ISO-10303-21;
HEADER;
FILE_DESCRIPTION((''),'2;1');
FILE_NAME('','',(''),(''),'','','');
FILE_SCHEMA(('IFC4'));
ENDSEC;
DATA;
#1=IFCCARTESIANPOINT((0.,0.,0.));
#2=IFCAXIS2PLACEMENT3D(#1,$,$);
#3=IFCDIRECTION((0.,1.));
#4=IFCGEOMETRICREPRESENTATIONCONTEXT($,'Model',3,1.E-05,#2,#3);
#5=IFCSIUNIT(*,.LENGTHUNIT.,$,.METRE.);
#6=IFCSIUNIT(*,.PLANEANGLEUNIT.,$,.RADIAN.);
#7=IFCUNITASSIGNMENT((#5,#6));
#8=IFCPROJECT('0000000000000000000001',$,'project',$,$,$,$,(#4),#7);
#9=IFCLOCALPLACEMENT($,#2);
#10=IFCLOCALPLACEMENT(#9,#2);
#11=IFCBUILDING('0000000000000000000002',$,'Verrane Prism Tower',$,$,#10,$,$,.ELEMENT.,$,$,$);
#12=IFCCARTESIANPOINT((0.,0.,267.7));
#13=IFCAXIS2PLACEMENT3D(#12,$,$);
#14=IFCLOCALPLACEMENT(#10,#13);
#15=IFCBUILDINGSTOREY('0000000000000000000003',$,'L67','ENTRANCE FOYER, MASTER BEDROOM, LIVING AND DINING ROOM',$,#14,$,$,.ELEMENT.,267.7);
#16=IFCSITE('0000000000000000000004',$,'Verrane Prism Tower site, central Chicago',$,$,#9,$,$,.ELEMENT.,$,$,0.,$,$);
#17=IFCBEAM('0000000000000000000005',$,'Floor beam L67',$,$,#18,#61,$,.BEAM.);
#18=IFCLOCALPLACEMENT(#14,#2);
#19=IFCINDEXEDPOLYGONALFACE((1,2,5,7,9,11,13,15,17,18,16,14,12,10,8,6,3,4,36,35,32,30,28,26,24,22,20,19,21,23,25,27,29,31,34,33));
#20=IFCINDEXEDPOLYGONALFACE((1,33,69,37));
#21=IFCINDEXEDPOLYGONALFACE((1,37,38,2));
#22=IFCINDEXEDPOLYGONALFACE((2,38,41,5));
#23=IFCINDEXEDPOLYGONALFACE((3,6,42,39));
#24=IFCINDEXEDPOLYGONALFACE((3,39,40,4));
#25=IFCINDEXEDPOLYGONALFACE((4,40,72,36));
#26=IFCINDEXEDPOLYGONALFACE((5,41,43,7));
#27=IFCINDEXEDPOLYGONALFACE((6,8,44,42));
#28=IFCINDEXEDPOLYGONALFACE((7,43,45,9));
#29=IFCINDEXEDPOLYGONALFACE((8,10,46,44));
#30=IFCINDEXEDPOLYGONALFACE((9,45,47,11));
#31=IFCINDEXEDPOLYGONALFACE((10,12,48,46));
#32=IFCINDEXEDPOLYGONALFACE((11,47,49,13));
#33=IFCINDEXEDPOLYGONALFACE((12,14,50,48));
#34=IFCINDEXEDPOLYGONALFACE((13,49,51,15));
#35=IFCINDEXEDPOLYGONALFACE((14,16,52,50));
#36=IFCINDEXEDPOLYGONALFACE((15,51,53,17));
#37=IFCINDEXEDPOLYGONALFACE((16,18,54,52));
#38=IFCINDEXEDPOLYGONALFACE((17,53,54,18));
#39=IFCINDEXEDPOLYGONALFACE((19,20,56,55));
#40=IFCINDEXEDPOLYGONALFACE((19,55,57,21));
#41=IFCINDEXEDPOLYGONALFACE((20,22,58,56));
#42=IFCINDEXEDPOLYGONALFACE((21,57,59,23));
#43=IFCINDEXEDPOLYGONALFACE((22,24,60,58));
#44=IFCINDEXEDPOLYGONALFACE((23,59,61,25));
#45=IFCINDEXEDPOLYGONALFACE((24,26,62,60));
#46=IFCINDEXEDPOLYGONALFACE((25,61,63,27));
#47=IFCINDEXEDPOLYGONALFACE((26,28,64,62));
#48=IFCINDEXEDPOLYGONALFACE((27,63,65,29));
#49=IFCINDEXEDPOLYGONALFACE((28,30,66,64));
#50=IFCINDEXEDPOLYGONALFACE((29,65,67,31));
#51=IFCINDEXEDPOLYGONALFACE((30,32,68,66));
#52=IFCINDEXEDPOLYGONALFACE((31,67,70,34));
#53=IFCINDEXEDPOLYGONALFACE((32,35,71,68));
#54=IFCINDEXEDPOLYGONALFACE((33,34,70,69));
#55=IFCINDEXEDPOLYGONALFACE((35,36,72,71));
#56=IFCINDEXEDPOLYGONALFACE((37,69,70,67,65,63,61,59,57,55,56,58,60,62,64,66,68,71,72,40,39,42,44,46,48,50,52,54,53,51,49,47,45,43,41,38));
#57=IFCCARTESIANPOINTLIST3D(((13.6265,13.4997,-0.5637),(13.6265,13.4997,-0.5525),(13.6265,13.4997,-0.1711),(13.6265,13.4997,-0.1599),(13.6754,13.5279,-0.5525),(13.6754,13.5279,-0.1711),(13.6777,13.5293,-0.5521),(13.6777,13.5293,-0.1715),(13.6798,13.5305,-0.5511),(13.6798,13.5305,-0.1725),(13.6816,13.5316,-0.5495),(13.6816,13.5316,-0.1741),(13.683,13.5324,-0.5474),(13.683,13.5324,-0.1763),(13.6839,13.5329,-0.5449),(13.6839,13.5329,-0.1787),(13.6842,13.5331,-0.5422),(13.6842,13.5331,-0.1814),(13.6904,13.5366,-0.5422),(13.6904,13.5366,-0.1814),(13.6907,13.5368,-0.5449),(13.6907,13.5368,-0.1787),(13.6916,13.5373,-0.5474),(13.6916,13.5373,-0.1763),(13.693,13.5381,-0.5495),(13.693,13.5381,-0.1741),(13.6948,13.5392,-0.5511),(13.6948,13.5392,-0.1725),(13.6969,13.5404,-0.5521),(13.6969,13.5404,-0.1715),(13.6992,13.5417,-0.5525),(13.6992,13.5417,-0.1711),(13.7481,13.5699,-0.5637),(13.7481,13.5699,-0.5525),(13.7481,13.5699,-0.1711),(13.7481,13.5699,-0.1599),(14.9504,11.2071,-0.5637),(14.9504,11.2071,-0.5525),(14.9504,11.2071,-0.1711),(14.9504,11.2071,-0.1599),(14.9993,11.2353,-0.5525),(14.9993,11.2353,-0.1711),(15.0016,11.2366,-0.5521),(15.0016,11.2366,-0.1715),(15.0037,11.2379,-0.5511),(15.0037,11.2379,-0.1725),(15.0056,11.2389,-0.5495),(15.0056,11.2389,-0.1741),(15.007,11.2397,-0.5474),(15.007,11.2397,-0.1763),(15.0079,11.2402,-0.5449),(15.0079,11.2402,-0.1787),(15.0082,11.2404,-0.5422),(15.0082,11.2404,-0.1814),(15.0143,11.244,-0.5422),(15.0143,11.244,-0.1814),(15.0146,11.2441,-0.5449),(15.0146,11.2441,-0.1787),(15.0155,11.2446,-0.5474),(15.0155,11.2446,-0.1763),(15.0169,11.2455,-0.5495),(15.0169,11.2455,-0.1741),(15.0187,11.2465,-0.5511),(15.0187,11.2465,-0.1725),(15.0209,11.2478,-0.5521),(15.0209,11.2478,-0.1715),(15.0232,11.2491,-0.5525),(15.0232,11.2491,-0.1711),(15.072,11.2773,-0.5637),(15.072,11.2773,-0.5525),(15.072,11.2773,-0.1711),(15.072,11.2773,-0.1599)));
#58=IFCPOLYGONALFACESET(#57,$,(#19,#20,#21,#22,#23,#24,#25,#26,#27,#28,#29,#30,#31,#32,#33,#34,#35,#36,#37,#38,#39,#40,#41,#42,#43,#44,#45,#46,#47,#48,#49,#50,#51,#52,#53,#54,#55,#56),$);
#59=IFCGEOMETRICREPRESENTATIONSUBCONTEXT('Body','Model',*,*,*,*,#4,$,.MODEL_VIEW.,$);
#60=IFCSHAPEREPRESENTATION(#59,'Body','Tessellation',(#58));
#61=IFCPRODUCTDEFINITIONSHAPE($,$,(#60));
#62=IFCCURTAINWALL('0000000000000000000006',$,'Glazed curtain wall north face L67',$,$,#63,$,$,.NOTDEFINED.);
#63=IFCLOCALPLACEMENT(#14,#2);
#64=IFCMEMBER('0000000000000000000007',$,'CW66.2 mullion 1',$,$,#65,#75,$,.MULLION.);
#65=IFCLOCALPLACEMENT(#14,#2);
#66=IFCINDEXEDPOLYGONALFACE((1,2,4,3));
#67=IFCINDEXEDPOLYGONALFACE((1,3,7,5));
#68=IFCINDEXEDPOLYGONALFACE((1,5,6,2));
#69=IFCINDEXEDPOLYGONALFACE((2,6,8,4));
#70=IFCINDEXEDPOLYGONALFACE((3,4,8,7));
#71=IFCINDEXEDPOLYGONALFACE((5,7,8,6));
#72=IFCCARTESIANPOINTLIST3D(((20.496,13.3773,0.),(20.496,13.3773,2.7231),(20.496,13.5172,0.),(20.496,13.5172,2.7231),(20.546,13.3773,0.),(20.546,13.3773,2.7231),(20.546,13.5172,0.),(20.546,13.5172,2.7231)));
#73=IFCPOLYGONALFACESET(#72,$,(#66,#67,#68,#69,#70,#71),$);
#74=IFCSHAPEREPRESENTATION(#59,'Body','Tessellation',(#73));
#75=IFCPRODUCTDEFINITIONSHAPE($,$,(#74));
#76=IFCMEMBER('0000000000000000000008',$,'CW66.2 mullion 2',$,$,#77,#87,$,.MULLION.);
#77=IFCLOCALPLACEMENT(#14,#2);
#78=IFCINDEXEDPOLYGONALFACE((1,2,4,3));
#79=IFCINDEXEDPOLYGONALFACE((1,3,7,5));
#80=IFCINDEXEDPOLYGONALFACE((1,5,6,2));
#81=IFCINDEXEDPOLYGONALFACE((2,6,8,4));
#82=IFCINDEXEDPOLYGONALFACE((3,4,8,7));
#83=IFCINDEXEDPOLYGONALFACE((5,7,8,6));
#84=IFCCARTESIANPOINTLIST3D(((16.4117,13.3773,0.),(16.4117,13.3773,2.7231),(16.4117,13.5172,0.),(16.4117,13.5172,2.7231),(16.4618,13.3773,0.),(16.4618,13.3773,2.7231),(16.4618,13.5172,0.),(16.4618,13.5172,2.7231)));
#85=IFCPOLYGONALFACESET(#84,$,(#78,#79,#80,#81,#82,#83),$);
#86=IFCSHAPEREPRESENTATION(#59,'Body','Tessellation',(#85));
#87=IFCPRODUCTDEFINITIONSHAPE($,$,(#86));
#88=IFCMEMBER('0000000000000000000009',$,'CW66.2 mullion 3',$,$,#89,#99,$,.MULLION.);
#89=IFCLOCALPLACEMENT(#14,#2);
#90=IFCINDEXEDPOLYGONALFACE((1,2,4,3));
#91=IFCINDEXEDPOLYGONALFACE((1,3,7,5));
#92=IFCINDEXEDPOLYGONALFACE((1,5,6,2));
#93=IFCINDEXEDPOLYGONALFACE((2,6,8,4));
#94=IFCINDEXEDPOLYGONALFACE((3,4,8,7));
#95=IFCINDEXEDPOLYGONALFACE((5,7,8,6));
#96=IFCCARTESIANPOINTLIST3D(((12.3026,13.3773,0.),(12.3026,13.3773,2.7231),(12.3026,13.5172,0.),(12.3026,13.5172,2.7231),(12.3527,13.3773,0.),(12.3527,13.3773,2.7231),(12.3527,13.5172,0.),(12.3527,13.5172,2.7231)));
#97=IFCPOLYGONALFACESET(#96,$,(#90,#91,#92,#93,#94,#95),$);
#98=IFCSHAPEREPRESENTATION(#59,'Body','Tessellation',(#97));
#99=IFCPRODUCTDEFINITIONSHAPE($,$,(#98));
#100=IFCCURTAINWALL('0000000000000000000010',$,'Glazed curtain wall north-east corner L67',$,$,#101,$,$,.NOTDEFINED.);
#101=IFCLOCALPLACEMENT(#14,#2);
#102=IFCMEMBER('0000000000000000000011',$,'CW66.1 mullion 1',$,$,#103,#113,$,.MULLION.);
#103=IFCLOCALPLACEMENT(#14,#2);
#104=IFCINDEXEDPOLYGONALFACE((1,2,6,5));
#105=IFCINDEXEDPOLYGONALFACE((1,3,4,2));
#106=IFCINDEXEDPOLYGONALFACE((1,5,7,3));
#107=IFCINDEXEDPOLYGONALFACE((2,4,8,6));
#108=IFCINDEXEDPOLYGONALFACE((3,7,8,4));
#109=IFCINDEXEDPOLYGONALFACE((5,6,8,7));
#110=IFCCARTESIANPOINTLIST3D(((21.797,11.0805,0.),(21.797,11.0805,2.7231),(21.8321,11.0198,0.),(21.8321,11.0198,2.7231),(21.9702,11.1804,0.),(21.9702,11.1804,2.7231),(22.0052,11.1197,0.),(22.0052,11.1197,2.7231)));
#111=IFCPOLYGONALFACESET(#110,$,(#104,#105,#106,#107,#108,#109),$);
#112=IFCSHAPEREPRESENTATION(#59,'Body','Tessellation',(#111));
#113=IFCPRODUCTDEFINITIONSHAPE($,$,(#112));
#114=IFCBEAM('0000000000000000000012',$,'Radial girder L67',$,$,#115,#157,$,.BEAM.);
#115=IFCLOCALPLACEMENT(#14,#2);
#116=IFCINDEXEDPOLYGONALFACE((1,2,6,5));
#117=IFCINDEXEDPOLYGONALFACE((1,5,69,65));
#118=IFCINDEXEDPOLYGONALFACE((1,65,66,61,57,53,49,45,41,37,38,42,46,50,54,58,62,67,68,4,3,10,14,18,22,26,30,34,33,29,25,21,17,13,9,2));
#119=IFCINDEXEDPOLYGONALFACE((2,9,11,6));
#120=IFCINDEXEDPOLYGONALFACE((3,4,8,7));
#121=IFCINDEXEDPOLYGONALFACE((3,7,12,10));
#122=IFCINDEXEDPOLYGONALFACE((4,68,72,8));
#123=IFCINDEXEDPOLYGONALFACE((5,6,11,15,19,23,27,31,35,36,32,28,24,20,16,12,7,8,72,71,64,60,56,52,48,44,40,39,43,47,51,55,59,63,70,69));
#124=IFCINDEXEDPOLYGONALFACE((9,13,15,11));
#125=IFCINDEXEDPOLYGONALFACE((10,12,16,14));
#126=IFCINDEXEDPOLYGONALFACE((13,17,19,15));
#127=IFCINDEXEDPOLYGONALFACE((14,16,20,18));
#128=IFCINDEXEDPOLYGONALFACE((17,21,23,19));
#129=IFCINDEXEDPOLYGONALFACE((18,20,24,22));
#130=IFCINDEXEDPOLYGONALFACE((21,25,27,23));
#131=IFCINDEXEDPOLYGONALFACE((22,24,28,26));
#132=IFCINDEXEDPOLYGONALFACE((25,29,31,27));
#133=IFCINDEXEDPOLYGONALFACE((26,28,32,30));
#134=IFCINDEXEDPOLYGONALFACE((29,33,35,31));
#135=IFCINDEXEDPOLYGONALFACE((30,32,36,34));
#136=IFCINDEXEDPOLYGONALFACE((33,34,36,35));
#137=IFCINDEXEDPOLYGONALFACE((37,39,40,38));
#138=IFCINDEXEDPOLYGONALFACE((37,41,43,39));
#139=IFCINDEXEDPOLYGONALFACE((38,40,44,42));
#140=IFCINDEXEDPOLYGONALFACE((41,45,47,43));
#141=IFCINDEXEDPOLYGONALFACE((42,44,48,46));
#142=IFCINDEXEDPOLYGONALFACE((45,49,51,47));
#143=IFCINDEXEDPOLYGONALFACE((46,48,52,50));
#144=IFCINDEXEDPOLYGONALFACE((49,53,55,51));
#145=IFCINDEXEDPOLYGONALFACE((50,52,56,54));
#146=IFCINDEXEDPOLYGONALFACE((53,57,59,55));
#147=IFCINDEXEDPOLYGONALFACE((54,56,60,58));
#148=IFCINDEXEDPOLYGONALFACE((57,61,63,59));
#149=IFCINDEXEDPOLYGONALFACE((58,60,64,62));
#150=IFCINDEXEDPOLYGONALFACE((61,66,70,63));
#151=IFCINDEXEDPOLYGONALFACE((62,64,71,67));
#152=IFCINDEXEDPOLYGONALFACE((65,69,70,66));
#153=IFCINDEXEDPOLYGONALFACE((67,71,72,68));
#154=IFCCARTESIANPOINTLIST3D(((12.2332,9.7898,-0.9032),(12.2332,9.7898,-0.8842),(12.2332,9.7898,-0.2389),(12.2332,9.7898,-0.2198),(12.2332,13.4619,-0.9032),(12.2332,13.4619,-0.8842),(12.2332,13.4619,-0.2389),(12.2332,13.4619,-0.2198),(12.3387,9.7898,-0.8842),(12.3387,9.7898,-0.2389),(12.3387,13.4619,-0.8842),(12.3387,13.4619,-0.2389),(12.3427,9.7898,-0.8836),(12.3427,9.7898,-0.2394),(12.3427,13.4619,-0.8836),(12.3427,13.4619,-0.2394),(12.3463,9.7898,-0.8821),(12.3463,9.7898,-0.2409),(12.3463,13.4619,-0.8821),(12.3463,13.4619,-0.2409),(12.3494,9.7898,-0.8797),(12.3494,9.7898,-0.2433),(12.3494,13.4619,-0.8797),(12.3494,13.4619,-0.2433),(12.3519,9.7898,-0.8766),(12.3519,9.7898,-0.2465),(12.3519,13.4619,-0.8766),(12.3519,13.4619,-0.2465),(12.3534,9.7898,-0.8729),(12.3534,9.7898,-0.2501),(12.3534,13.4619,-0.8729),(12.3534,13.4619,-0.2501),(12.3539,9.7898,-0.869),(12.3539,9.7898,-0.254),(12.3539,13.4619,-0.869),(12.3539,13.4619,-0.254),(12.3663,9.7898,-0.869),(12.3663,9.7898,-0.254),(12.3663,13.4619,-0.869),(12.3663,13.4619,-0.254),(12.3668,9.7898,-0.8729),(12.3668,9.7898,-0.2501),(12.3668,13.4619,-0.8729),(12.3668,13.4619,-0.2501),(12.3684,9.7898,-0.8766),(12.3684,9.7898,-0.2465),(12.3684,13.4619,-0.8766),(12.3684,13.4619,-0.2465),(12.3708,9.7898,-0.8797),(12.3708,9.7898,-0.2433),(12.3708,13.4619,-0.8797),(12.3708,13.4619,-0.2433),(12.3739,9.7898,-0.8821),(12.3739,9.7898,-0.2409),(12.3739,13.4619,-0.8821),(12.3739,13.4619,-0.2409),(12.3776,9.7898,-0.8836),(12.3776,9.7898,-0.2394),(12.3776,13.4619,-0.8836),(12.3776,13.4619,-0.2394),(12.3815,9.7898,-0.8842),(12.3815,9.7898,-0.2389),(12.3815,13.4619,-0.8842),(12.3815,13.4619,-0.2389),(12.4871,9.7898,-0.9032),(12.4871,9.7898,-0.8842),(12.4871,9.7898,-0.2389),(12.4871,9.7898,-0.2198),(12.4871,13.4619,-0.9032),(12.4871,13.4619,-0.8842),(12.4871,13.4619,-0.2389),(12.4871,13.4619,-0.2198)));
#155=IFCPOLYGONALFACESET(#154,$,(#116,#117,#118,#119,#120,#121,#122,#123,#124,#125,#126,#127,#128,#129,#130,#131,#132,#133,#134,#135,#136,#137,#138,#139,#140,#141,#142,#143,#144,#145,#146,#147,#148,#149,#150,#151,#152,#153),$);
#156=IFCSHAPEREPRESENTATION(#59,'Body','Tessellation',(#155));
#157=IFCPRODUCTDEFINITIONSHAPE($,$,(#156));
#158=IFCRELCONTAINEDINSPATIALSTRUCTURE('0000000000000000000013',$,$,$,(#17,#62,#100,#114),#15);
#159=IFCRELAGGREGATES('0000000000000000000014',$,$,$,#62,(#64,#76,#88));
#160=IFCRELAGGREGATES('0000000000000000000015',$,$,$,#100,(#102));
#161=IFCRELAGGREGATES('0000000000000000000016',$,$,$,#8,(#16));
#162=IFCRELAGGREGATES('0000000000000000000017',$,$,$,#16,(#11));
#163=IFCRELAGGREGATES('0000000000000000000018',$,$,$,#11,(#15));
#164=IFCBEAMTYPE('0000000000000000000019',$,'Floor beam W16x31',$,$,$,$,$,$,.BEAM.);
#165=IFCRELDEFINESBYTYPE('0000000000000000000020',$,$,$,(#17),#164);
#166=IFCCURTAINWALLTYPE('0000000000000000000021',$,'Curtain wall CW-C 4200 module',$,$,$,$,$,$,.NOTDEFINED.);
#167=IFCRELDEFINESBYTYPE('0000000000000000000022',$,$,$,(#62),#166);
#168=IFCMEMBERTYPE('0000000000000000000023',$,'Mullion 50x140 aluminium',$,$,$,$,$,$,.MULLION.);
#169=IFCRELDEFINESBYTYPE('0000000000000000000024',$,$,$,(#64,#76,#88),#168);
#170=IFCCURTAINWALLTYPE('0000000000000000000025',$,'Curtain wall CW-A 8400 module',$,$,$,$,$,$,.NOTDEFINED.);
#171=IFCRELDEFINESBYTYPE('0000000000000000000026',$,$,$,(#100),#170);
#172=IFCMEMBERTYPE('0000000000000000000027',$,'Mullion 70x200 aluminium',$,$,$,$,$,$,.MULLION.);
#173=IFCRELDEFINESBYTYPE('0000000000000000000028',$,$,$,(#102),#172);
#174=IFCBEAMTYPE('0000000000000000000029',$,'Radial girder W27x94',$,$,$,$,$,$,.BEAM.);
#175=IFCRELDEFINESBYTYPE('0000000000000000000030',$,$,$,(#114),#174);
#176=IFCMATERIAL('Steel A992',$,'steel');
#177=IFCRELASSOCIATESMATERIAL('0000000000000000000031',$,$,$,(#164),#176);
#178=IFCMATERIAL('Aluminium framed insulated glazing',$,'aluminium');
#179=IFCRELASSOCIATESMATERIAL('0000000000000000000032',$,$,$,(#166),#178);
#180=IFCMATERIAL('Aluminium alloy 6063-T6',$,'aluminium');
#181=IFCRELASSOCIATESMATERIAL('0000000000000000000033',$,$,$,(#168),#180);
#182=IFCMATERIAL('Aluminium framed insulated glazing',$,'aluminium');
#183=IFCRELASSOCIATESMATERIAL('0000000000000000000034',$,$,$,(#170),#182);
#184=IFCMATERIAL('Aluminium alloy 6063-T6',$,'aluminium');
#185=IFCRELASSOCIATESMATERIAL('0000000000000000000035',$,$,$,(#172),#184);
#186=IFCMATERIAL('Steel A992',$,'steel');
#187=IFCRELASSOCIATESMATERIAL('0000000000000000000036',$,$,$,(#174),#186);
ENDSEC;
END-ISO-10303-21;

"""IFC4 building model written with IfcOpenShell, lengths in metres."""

from ifc_helpers import new_model, si_unit, direction, frame, origin, origin_2d, place, context, subcontext, project, spatial, rectangle, i_section, extrude, material, material_profile, profile_set, type_object, element, aggregate, save


model = new_model("IFC4")

# Units and contexts
model_context = context("Model", 3, precision=1e-05, world=origin(), true_north=direction((0.0, 1.0)))
body_context = subcontext(model_context, "Body", "Model", "MODEL_VIEW")
ifc_project = project(units=[si_unit("LENGTHUNIT", "METRE"), si_unit("PLANEANGLEUNIT", "RADIAN")], contexts=[model_context])

# Site, building, storey
site_placement = place(None, origin())
site = spatial("IfcSite", under=ifc_project, at=site_placement, Name="Verrane Prism Tower site, central Chicago", CompositionType="ELEMENT", RefElevation=0.0)
building_placement = place(site_placement, origin())
building = spatial("IfcBuilding", under=site, at=building_placement, Name="Verrane Prism Tower", CompositionType="ELEMENT")
storey_placement = place(building_placement, frame((0.0, 0.0, 267.7)))
storey = spatial("IfcBuildingStorey", under=building, at=storey_placement, Name="L67", Description="ENTRANCE FOYER, MASTER BEDROOM, LIVING AND DINING ROOM", CompositionType="ELEMENT", Elevation=267.7)

# Beam
ifc_material_1 = material(Name="Steel A992", Category="steel")
ifc_material_profile_1 = material_profile(ifc_material_1, i_section(OverallWidth=0.1404, OverallDepth=0.4038, WebThickness=0.0071, FlangeThickness=0.0112, FilletRadius=0.0103, at=origin_2d()), Name="W16x31")
ifc_profile_set_1 = profile_set([ifc_material_profile_1], Name="Steel A992")
beam_type_1 = type_object("IfcBeamType", Name="Floor beam W16x31", PredefinedType="BEAM", material=ifc_profile_set_1)
beam_1_placement = place(storey_placement, frame((15.0112, 11.2422, -0.3618), z_axis=(-0.500076, 0.865981, 0.0), x_axis=(-0.865981, -0.500076, 0.0)))
element("IfcBeam", 1, at=beam_1_placement, inside=storey, type_object=beam_type_1, Name="Floor beam L67", PredefinedType="BEAM", context=body_context, shape_type="SweptSolid", body=[
    extrude(i_section(OverallWidth=0.1404, OverallDepth=0.4038, WebThickness=0.0071, FlangeThickness=0.0112, FilletRadius=0.0103, at=origin_2d()), origin(), (0.0, 0.0, 1.0), 2.6475),
])

# Curtain wall, members
ifc_material_2 = material(Name="Aluminium framed insulated glazing", Category="aluminium")
curtain_wall_type_1 = type_object("IfcCurtainWallType", Name="Curtain wall CW-C 4200 module", PredefinedType="NOTDEFINED", material=ifc_material_2)
curtain_wall_1_placement = place(storey_placement, origin())
curtain_wall_1 = element("IfcCurtainWall", 2, at=curtain_wall_1_placement, inside=storey, type_object=curtain_wall_type_1, Name="Glazed curtain wall north face L67", PredefinedType="NOTDEFINED")
ifc_material_3 = material(Name="Aluminium alloy 6063-T6", Category="aluminium")
ifc_material_profile_2 = material_profile(ifc_material_3, rectangle(XDim=0.1399, YDim=0.05, at=origin_2d()), Name="Mullion 50x140 aluminium")
ifc_profile_set_2 = profile_set([ifc_material_profile_2], Name="Aluminium alloy 6063-T6")
member_type_1 = type_object("IfcMemberType", Name="Mullion 50x140 aluminium", PredefinedType="MULLION", material=ifc_profile_set_2)
member_1_placement = place(storey_placement, frame((20.521, 13.4473, 0.0), z_axis=(0.0, 0.0, 1.0), x_axis=(0.0, -1.0, 0.0)))
member_1 = element("IfcMember", 3, at=member_1_placement, type_object=member_type_1, Name="CW66.2 mullion 1", PredefinedType="MULLION", context=body_context, shape_type="SweptSolid", body=[
    extrude(rectangle(XDim=0.1399, YDim=0.05, at=origin_2d()), origin(), (0.0, 0.0, 1.0), 2.7231),
])
member_2_placement = place(storey_placement, frame((16.4368, 13.4473, 0.0), z_axis=(0.0, 0.0, 1.0), x_axis=(0.0, -1.0, 0.0)))
member_2 = element("IfcMember", 4, at=member_2_placement, type_object=member_type_1, Name="CW66.2 mullion 2", PredefinedType="MULLION", context=body_context, shape_type="SweptSolid", body=[
    extrude(rectangle(XDim=0.1399, YDim=0.05, at=origin_2d()), origin(), (0.0, 0.0, 1.0), 2.7231),
])
member_3_placement = place(storey_placement, frame((12.3276, 13.4473, 0.0), z_axis=(0.0, 0.0, 1.0), x_axis=(0.0, -1.0, 0.0)))
member_3 = element("IfcMember", 5, at=member_3_placement, type_object=member_type_1, Name="CW66.2 mullion 3", PredefinedType="MULLION", context=body_context, shape_type="SweptSolid", body=[
    extrude(rectangle(XDim=0.1399, YDim=0.05, at=origin_2d()), origin(), (0.0, 0.0, 1.0), 2.7231),
])

# Curtain wall, member
ifc_material_4 = material(Name="Aluminium framed insulated glazing", Category="aluminium")
curtain_wall_type_2 = type_object("IfcCurtainWallType", Name="Curtain wall CW-A 8400 module", PredefinedType="NOTDEFINED", material=ifc_material_4)
curtain_wall_2_placement = place(storey_placement, origin())
curtain_wall_2 = element("IfcCurtainWall", 6, at=curtain_wall_2_placement, inside=storey, type_object=curtain_wall_type_2, Name="Glazed curtain wall north-east corner L67", PredefinedType="NOTDEFINED")
ifc_material_5 = material(Name="Aluminium alloy 6063-T6", Category="aluminium")
ifc_material_profile_3 = material_profile(ifc_material_5, rectangle(XDim=0.2, YDim=0.0701, at=origin_2d()), Name="Mullion 70x200 aluminium")
ifc_profile_set_3 = profile_set([ifc_material_profile_3], Name="Aluminium alloy 6063-T6")
member_type_2 = type_object("IfcMemberType", Name="Mullion 70x200 aluminium", PredefinedType="MULLION", material=ifc_profile_set_3)
member_4_placement = place(storey_placement, frame((21.9011, 11.1001, 0.0), z_axis=(0.0, 0.0, 1.0), x_axis=(-0.866024, -0.500002, 0.0)))
member_4 = element("IfcMember", 7, at=member_4_placement, type_object=member_type_2, Name="CW66.1 mullion 1", PredefinedType="MULLION", context=body_context, shape_type="SweptSolid", body=[
    extrude(rectangle(XDim=0.2, YDim=0.0701, at=origin_2d()), origin(), (0.0, 0.0, 1.0), 2.7231),
])

# Beam
ifc_material_6 = material(Name="Steel A992", Category="steel")
ifc_material_profile_4 = material_profile(ifc_material_6, i_section(OverallWidth=0.2539, OverallDepth=0.6833, WebThickness=0.0125, FlangeThickness=0.019, FilletRadius=0.0151, at=origin_2d()), Name="W27x94")
ifc_profile_set_4 = profile_set([ifc_material_profile_4], Name="Steel A992")
beam_type_2 = type_object("IfcBeamType", Name="Radial girder W27x94", PredefinedType="BEAM", material=ifc_profile_set_4)
beam_2_placement = place(storey_placement, frame((12.3601, 13.4619, -0.5615), z_axis=(0.0, -1.0, 0.0), x_axis=(1.0, 0.0, 0.0)))
element("IfcBeam", 8, at=beam_2_placement, inside=storey, type_object=beam_type_2, Name="Radial girder L67", PredefinedType="BEAM", context=body_context, shape_type="SweptSolid", body=[
    extrude(i_section(OverallWidth=0.2539, OverallDepth=0.6833, WebThickness=0.0125, FlangeThickness=0.019, FilletRadius=0.0151, at=origin_2d()), origin(), (0.0, 0.0, 1.0), 3.6721),
])

aggregate(curtain_wall_1, [member_1, member_2, member_3])
aggregate(curtain_wall_2, [member_4])

save(model, "model.ifc")
